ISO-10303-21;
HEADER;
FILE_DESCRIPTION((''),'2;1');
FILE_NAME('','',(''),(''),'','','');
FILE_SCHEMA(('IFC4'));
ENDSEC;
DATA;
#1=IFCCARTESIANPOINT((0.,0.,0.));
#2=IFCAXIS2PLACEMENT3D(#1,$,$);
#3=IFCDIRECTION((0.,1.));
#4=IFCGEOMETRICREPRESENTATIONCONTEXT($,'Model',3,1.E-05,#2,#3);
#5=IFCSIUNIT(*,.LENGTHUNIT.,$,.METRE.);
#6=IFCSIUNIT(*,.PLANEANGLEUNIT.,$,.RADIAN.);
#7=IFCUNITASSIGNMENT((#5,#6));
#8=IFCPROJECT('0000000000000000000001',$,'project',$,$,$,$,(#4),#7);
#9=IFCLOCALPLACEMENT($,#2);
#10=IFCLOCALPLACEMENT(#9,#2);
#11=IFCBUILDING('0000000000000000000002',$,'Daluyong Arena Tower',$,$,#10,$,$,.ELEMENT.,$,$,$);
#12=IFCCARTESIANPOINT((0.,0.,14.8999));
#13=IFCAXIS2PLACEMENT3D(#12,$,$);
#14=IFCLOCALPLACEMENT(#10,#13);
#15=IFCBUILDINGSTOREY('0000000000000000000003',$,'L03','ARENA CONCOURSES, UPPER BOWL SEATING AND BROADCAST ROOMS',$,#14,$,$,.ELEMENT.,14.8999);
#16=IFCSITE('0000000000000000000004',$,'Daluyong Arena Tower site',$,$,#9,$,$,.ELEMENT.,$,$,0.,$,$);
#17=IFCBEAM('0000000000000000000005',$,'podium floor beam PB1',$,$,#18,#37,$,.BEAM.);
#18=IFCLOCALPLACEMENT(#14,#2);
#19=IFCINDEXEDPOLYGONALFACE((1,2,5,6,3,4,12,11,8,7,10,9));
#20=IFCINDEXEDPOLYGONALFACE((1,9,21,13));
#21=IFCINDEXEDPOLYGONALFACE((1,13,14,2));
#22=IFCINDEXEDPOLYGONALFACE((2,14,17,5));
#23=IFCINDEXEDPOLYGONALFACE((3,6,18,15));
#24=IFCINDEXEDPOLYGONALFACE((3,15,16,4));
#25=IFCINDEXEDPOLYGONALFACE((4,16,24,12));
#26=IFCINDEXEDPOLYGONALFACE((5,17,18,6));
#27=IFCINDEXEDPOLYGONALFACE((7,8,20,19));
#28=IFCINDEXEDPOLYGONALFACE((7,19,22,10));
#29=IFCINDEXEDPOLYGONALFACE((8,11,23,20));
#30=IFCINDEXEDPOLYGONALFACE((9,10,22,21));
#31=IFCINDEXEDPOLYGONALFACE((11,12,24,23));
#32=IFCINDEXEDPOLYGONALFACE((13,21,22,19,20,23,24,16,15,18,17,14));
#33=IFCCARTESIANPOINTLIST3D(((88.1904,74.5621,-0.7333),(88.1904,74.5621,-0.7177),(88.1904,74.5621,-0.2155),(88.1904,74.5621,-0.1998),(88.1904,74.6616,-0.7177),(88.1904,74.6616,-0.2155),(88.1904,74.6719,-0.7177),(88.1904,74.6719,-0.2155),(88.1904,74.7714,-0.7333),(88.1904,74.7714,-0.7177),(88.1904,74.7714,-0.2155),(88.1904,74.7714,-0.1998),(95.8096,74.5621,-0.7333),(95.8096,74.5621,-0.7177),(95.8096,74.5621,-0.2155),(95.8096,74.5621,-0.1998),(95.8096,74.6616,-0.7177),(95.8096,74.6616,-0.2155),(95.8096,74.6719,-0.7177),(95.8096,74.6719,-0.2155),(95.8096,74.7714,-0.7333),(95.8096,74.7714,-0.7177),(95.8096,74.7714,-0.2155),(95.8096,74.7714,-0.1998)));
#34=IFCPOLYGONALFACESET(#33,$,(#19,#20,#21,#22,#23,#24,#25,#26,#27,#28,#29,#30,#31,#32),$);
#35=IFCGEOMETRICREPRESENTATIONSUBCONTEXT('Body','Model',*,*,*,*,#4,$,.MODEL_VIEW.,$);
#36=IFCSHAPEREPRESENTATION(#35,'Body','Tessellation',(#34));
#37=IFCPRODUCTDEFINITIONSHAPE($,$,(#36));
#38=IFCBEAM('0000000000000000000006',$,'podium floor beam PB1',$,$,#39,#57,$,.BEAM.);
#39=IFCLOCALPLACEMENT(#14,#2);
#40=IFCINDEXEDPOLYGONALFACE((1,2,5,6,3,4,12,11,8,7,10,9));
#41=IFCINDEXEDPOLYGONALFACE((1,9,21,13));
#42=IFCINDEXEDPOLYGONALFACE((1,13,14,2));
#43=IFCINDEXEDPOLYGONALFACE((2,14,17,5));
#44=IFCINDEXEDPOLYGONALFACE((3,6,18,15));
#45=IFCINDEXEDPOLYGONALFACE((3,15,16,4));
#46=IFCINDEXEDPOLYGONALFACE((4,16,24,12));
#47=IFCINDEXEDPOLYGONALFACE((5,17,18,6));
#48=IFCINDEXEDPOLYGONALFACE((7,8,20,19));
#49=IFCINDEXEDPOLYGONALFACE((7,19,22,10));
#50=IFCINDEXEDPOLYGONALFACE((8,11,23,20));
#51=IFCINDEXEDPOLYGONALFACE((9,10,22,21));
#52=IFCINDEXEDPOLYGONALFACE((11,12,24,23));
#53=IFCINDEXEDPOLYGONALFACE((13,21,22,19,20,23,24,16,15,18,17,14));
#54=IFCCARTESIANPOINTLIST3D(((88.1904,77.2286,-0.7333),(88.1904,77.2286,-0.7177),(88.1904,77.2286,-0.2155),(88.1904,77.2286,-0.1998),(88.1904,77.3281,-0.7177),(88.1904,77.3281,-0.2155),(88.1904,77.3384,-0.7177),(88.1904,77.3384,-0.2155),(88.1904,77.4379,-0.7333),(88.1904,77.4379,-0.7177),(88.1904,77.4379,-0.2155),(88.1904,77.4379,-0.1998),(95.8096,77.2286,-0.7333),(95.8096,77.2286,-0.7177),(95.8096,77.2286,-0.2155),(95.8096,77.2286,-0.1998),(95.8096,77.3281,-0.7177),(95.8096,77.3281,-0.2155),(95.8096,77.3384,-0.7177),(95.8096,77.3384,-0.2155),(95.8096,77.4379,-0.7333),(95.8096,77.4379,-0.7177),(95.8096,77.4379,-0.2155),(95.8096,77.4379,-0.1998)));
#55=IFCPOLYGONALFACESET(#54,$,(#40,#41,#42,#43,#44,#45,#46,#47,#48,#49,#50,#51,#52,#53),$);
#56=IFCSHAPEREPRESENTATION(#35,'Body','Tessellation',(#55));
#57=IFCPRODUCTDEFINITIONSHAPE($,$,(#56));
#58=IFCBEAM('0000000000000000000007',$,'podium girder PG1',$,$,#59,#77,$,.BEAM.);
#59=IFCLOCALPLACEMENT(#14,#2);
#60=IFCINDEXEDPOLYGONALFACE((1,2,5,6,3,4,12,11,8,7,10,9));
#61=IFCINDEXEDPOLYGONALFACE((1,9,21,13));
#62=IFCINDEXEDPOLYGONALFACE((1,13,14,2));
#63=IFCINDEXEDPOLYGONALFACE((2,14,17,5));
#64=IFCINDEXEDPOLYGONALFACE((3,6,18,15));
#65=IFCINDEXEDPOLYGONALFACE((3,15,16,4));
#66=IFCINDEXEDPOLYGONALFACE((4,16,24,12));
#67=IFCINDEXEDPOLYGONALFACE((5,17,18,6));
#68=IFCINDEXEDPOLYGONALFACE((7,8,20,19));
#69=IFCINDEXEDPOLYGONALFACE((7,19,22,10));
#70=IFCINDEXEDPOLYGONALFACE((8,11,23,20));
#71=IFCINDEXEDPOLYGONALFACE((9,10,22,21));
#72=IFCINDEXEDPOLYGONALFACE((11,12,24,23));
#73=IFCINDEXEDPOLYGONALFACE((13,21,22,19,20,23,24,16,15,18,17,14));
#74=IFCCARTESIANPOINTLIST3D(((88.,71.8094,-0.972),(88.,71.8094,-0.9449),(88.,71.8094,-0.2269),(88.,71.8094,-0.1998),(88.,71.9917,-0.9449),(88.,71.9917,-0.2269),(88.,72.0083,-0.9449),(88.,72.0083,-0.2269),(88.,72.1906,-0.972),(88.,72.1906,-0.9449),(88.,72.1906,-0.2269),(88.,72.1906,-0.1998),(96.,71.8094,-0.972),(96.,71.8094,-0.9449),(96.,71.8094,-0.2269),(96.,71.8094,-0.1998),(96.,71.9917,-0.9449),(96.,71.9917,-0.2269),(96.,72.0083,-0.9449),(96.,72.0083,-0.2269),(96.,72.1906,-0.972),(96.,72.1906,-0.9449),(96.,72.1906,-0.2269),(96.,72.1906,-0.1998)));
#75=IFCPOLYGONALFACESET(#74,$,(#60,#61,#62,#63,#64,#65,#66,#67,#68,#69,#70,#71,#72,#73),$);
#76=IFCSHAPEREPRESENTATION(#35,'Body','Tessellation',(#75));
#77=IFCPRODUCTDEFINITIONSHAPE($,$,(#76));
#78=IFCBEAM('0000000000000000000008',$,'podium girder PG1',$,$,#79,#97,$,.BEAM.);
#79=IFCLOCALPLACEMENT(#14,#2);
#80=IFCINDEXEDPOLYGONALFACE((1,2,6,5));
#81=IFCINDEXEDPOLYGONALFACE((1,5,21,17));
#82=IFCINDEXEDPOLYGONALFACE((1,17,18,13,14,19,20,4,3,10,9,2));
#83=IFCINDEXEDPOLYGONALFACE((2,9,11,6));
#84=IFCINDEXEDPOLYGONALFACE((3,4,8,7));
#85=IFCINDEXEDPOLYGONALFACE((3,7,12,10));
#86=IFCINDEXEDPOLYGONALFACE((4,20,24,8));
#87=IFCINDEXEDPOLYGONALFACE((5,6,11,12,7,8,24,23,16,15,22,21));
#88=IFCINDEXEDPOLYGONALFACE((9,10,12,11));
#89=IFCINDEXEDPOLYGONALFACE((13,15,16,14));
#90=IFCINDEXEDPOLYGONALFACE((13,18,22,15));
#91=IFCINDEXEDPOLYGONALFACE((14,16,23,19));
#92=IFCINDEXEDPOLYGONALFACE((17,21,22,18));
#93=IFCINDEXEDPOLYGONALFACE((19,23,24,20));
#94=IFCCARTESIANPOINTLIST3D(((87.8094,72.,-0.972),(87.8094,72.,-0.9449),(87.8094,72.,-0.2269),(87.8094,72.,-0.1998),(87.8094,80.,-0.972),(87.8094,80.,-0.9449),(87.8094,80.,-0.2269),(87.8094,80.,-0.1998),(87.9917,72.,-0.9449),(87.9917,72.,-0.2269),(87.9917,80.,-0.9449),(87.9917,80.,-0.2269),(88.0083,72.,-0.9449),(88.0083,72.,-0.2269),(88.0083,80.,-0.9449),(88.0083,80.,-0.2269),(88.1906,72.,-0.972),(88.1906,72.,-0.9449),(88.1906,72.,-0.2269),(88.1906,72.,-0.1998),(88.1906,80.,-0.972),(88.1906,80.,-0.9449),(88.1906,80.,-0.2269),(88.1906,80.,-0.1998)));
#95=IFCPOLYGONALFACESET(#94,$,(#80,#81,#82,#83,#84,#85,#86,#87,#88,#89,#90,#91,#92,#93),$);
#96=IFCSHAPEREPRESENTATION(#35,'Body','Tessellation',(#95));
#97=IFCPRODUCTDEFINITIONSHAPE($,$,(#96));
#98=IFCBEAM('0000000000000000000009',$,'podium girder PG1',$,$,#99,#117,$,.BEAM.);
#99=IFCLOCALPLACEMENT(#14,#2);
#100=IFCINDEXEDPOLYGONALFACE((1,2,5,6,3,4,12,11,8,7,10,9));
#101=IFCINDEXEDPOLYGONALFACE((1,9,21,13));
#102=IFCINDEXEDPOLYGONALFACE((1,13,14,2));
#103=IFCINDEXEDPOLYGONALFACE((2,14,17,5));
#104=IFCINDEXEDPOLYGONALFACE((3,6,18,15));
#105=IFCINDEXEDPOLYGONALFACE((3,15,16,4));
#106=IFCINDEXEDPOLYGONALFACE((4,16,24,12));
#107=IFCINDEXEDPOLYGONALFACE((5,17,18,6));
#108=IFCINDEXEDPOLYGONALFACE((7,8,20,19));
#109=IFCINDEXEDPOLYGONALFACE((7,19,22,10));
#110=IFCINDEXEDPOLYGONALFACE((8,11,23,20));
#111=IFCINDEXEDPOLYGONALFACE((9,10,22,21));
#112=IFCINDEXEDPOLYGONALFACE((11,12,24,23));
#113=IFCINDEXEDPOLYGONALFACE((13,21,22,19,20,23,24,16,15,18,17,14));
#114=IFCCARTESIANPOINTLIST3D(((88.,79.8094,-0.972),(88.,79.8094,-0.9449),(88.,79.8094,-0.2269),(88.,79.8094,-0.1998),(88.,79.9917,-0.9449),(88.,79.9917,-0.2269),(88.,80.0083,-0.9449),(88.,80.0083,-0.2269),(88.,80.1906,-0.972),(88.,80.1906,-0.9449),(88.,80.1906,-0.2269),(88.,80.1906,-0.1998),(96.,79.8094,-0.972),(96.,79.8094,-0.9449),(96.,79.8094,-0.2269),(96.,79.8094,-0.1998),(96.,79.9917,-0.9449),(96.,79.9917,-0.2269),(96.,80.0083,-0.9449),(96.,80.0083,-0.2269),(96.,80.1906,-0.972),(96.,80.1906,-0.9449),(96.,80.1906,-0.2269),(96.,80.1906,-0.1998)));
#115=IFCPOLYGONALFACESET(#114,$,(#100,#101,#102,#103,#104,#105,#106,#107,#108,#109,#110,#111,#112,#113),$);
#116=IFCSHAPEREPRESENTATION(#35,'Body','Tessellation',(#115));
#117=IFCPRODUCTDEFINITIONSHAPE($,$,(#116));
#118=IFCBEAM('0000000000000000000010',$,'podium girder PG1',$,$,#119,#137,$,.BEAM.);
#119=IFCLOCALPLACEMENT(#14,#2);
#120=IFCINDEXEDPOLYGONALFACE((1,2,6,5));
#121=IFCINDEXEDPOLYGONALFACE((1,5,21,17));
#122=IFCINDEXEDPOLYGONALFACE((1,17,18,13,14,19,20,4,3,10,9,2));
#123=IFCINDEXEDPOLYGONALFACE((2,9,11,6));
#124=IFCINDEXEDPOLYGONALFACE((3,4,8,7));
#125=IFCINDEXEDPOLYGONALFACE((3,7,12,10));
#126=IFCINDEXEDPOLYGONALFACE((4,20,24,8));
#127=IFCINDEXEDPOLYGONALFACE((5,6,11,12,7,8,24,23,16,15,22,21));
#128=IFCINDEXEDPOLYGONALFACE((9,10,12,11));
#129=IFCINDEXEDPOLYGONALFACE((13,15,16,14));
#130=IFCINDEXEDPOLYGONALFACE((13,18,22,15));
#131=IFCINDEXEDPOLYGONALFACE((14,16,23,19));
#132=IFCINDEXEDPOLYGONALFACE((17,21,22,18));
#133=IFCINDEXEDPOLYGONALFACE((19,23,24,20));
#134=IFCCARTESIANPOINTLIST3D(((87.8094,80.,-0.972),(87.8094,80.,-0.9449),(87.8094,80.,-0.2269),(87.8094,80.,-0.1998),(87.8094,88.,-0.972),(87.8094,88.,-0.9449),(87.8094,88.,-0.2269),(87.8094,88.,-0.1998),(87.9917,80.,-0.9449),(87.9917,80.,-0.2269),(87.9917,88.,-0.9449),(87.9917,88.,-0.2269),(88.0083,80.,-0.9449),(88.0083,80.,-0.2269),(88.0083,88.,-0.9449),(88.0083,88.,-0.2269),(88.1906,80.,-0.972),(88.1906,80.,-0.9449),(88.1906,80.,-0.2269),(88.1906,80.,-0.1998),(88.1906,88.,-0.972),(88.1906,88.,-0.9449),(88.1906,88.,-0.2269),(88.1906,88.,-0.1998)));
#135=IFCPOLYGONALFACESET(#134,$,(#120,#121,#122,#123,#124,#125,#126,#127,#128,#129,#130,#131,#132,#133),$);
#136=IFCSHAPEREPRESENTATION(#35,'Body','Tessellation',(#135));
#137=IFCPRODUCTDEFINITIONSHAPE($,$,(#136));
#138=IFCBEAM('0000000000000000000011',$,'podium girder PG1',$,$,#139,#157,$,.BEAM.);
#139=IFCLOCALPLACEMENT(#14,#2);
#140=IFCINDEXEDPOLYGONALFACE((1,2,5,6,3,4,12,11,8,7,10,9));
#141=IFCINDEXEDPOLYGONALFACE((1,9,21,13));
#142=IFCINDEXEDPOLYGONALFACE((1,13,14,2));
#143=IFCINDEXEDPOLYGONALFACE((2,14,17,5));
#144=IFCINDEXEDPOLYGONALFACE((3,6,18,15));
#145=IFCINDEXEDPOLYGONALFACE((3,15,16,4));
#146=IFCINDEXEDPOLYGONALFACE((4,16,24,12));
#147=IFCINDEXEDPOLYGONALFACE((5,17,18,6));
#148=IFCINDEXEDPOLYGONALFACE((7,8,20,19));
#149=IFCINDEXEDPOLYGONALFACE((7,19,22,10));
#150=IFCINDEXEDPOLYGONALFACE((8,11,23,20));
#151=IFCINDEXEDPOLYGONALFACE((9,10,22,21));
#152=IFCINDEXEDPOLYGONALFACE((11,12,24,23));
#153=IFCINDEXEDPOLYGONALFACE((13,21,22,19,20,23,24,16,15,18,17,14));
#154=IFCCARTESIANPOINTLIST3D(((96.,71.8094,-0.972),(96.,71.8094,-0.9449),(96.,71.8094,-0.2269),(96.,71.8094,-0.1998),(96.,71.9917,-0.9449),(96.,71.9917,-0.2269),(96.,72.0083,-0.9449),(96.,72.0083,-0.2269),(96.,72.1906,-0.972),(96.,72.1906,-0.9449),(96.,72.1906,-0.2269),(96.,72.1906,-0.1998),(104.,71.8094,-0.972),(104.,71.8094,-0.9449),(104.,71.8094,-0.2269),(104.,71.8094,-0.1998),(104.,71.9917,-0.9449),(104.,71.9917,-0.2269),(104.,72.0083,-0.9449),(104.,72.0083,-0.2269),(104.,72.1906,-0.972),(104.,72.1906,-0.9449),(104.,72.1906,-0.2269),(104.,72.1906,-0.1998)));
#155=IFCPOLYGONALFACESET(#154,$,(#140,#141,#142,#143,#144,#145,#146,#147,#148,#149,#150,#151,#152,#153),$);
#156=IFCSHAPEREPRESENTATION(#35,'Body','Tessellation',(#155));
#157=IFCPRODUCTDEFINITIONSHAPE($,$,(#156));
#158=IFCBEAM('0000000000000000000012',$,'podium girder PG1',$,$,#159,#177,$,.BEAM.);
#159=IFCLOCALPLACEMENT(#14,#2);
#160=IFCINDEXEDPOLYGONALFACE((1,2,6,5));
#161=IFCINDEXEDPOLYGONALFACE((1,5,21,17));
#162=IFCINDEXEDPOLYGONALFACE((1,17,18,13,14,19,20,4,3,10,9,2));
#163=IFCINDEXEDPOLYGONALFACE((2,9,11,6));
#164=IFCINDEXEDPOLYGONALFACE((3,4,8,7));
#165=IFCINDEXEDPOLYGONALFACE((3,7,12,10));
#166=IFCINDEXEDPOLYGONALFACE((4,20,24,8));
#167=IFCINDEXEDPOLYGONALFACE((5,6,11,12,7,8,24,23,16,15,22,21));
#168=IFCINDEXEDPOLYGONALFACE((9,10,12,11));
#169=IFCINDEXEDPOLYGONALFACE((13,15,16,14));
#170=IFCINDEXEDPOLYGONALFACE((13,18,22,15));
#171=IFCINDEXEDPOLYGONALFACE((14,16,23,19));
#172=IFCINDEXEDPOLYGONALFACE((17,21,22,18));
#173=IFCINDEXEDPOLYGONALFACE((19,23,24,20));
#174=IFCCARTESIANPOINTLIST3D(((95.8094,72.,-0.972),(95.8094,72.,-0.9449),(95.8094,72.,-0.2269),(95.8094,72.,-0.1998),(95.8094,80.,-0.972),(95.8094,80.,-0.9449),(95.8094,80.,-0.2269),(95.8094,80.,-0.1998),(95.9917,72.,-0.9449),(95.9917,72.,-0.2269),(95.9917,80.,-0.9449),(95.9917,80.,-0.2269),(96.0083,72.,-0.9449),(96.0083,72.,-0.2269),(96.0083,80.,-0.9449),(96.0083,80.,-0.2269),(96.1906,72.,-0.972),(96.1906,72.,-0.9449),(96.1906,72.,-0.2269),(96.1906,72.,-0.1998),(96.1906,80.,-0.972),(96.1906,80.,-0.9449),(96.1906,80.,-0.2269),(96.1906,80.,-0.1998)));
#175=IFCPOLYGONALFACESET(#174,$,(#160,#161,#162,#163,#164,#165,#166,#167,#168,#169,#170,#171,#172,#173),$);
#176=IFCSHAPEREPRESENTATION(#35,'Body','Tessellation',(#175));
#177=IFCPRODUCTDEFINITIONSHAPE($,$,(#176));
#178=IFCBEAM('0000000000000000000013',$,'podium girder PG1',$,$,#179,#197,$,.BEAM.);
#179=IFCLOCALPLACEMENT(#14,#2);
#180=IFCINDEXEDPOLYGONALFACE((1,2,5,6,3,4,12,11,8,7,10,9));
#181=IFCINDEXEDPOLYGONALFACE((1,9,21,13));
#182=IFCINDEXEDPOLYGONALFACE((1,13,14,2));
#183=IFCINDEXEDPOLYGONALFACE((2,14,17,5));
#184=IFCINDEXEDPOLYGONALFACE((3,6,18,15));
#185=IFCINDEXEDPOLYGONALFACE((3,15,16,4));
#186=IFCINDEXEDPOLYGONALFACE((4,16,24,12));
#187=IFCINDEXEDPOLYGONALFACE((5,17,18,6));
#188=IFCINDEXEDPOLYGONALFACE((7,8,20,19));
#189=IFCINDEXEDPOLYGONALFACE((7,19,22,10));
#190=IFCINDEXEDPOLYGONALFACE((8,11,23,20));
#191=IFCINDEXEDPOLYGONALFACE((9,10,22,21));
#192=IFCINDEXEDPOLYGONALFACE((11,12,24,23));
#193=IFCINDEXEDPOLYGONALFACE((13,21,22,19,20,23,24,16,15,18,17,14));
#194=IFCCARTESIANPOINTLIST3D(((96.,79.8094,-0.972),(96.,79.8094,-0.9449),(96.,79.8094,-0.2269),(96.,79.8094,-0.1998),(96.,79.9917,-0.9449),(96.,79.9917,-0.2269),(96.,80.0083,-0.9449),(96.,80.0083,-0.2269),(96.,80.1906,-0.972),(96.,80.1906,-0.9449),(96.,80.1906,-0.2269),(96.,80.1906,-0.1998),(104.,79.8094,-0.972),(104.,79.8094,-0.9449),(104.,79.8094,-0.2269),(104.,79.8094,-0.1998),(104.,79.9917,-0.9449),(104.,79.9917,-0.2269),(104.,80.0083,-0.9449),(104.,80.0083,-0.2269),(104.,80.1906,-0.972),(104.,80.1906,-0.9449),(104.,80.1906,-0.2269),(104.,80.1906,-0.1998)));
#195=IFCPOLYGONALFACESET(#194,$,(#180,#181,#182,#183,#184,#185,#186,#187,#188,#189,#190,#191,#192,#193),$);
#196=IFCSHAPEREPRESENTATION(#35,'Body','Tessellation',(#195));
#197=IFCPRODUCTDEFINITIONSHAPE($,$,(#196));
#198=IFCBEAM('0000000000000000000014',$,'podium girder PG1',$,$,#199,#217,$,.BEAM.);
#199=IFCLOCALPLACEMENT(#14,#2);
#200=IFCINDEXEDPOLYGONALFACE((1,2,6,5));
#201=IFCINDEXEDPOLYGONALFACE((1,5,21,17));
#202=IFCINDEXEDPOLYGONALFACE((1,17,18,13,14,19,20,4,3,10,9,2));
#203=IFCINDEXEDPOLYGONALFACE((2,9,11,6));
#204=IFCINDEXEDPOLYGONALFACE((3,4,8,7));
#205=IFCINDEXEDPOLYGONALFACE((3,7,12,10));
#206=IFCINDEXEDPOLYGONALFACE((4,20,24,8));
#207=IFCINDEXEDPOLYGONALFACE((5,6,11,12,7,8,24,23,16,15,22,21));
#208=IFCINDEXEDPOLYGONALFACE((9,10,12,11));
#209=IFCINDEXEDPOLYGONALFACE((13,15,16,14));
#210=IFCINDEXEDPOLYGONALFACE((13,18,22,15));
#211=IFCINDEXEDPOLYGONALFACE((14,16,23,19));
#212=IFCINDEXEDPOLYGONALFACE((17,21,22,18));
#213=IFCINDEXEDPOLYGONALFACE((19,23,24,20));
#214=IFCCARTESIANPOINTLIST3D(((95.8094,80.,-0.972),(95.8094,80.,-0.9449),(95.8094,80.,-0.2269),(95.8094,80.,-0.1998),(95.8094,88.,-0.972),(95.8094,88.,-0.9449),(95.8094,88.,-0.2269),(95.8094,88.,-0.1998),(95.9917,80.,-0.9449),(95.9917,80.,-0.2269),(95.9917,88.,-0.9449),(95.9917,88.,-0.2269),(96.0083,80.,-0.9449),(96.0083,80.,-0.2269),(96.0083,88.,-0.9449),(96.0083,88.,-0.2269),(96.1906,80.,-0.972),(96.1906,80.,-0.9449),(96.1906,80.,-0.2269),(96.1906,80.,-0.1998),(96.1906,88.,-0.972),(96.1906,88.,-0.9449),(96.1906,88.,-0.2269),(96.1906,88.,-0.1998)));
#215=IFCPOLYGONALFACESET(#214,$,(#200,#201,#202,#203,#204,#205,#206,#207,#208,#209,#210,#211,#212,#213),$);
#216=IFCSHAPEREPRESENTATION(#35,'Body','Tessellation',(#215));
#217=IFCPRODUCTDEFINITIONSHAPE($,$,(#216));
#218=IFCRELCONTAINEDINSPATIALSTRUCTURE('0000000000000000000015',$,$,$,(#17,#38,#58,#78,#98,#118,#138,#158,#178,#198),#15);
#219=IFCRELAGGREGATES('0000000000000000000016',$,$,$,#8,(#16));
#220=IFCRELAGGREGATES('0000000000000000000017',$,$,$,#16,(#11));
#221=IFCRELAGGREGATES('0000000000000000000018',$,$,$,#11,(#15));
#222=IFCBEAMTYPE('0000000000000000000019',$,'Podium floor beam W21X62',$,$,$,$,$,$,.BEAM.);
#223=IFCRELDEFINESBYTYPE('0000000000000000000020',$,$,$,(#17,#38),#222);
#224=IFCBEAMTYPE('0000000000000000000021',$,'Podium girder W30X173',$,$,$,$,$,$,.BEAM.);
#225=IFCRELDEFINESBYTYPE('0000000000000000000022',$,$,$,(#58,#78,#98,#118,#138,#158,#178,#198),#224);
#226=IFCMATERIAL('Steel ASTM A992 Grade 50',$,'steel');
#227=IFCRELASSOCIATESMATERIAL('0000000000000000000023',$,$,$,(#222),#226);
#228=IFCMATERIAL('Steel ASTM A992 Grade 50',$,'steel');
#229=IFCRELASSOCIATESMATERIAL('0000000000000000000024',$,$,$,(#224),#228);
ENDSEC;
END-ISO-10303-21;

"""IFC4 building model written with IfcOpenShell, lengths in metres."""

from ifc_helpers import new_model, si_unit, direction, frame, origin, origin_2d, place, context, subcontext, project, spatial, i_section, extrude, material, material_profile, profile_set, type_object, element, save


model = new_model("IFC4")

# Units and contexts
model_context = context("Model", 3, precision=1e-05, world=origin(), true_north=direction((0.0, 1.0)))
body_context = subcontext(model_context, "Body", "Model", "MODEL_VIEW")
ifc_project = project(units=[si_unit("LENGTHUNIT", "METRE"), si_unit("PLANEANGLEUNIT", "RADIAN")], contexts=[model_context])

# Site, building, storey
site_placement = place(None, origin())
site = spatial("IfcSite", under=ifc_project, at=site_placement, Name="Daluyong Arena Tower site", CompositionType="ELEMENT", RefElevation=0.0)
building_placement = place(site_placement, origin())
building = spatial("IfcBuilding", under=site, at=building_placement, Name="Daluyong Arena Tower", CompositionType="ELEMENT")
storey_placement = place(building_placement, frame((0.0, 0.0, 14.8999)))
storey = spatial("IfcBuildingStorey", under=building, at=storey_placement, Name="L03", Description="ARENA CONCOURSES, UPPER BOWL SEATING AND BROADCAST ROOMS", CompositionType="ELEMENT", Elevation=14.8999)

# Beams
ifc_material_1 = material(Name="Steel ASTM A992 Grade 50", Category="steel")
ifc_material_profile_1 = material_profile(ifc_material_1, i_section(OverallWidth=0.2092, OverallDepth=0.5334, WebThickness=0.0103, FlangeThickness=0.0156, at=origin_2d()))
ifc_profile_set_1 = profile_set([ifc_material_profile_1], Name="Steel ASTM A992 Grade 50")
beam_type_1 = type_object("IfcBeamType", Name="Podium floor beam W21X62", PredefinedType="BEAM", material=ifc_profile_set_1)
for number, where, z_axis, x_axis, name in (
    (1, (88.1904, 74.6667, -0.4666), (1.0, 0.0, 0.0), (0.0, 1.0, 0.0), "podium floor beam PB1"),
    (2, (88.1904, 77.3333, -0.4666), (1.0, 0.0, 0.0), (0.0, 1.0, 0.0), "podium floor beam PB1"),
):
    element("IfcBeam", number, at=place(storey_placement, frame(where, z_axis=z_axis, x_axis=x_axis)), inside=storey, type_object=beam_type_1, Name=name, PredefinedType="BEAM", context=body_context, shape_type="SweptSolid", body=[
        extrude(i_section(OverallWidth=0.2092, OverallDepth=0.5334, WebThickness=0.0103, FlangeThickness=0.0156, at=origin_2d()), origin(), (0.0, 0.0, 1.0), 7.6191),
    ])
ifc_material_2 = material(Name="Steel ASTM A992 Grade 50", Category="steel")
ifc_material_profile_2 = material_profile(ifc_material_2, i_section(OverallWidth=0.3811, OverallDepth=0.7722, WebThickness=0.0166, FlangeThickness=0.0271, at=origin_2d()))
ifc_profile_set_2 = profile_set([ifc_material_profile_2], Name="Steel ASTM A992 Grade 50")
beam_type_2 = type_object("IfcBeamType", Name="Podium girder W30X173", PredefinedType="BEAM", material=ifc_profile_set_2)
for number, where, z_axis, x_axis, name in (
    (3, (88.0, 72.0, -0.5859), (1.0, 0.0, 0.0), (0.0, 1.0, 0.0), "podium girder PG1"),
    (4, (88.0, 72.0, -0.5859), (0.0, 1.0, 0.0), (-1.0, 0.0, 0.0), "podium girder PG1"),
    (5, (88.0, 80.0, -0.5859), (1.0, 0.0, 0.0), (0.0, 1.0, 0.0), "podium girder PG1"),
    (6, (88.0, 80.0, -0.5859), (0.0, 1.0, 0.0), (-1.0, 0.0, 0.0), "podium girder PG1"),
    (7, (96.0, 72.0, -0.5859), (1.0, 0.0, 0.0), (0.0, 1.0, 0.0), "podium girder PG1"),
    (8, (96.0, 72.0, -0.5859), (0.0, 1.0, 0.0), (-1.0, 0.0, 0.0), "podium girder PG1"),
    (9, (96.0, 80.0, -0.5859), (1.0, 0.0, 0.0), (0.0, 1.0, 0.0), "podium girder PG1"),
    (10, (96.0, 80.0, -0.5859), (0.0, 1.0, 0.0), (-1.0, 0.0, 0.0), "podium girder PG1"),
):
    element("IfcBeam", number, at=place(storey_placement, frame(where, z_axis=z_axis, x_axis=x_axis)), inside=storey, type_object=beam_type_2, Name=name, PredefinedType="BEAM", context=body_context, shape_type="SweptSolid", body=[
        extrude(i_section(OverallWidth=0.3811, OverallDepth=0.7722, WebThickness=0.0166, FlangeThickness=0.0271, at=origin_2d()), origin(), (0.0, 0.0, 1.0), 8.0),
    ])

save(model, "model.ifc")
